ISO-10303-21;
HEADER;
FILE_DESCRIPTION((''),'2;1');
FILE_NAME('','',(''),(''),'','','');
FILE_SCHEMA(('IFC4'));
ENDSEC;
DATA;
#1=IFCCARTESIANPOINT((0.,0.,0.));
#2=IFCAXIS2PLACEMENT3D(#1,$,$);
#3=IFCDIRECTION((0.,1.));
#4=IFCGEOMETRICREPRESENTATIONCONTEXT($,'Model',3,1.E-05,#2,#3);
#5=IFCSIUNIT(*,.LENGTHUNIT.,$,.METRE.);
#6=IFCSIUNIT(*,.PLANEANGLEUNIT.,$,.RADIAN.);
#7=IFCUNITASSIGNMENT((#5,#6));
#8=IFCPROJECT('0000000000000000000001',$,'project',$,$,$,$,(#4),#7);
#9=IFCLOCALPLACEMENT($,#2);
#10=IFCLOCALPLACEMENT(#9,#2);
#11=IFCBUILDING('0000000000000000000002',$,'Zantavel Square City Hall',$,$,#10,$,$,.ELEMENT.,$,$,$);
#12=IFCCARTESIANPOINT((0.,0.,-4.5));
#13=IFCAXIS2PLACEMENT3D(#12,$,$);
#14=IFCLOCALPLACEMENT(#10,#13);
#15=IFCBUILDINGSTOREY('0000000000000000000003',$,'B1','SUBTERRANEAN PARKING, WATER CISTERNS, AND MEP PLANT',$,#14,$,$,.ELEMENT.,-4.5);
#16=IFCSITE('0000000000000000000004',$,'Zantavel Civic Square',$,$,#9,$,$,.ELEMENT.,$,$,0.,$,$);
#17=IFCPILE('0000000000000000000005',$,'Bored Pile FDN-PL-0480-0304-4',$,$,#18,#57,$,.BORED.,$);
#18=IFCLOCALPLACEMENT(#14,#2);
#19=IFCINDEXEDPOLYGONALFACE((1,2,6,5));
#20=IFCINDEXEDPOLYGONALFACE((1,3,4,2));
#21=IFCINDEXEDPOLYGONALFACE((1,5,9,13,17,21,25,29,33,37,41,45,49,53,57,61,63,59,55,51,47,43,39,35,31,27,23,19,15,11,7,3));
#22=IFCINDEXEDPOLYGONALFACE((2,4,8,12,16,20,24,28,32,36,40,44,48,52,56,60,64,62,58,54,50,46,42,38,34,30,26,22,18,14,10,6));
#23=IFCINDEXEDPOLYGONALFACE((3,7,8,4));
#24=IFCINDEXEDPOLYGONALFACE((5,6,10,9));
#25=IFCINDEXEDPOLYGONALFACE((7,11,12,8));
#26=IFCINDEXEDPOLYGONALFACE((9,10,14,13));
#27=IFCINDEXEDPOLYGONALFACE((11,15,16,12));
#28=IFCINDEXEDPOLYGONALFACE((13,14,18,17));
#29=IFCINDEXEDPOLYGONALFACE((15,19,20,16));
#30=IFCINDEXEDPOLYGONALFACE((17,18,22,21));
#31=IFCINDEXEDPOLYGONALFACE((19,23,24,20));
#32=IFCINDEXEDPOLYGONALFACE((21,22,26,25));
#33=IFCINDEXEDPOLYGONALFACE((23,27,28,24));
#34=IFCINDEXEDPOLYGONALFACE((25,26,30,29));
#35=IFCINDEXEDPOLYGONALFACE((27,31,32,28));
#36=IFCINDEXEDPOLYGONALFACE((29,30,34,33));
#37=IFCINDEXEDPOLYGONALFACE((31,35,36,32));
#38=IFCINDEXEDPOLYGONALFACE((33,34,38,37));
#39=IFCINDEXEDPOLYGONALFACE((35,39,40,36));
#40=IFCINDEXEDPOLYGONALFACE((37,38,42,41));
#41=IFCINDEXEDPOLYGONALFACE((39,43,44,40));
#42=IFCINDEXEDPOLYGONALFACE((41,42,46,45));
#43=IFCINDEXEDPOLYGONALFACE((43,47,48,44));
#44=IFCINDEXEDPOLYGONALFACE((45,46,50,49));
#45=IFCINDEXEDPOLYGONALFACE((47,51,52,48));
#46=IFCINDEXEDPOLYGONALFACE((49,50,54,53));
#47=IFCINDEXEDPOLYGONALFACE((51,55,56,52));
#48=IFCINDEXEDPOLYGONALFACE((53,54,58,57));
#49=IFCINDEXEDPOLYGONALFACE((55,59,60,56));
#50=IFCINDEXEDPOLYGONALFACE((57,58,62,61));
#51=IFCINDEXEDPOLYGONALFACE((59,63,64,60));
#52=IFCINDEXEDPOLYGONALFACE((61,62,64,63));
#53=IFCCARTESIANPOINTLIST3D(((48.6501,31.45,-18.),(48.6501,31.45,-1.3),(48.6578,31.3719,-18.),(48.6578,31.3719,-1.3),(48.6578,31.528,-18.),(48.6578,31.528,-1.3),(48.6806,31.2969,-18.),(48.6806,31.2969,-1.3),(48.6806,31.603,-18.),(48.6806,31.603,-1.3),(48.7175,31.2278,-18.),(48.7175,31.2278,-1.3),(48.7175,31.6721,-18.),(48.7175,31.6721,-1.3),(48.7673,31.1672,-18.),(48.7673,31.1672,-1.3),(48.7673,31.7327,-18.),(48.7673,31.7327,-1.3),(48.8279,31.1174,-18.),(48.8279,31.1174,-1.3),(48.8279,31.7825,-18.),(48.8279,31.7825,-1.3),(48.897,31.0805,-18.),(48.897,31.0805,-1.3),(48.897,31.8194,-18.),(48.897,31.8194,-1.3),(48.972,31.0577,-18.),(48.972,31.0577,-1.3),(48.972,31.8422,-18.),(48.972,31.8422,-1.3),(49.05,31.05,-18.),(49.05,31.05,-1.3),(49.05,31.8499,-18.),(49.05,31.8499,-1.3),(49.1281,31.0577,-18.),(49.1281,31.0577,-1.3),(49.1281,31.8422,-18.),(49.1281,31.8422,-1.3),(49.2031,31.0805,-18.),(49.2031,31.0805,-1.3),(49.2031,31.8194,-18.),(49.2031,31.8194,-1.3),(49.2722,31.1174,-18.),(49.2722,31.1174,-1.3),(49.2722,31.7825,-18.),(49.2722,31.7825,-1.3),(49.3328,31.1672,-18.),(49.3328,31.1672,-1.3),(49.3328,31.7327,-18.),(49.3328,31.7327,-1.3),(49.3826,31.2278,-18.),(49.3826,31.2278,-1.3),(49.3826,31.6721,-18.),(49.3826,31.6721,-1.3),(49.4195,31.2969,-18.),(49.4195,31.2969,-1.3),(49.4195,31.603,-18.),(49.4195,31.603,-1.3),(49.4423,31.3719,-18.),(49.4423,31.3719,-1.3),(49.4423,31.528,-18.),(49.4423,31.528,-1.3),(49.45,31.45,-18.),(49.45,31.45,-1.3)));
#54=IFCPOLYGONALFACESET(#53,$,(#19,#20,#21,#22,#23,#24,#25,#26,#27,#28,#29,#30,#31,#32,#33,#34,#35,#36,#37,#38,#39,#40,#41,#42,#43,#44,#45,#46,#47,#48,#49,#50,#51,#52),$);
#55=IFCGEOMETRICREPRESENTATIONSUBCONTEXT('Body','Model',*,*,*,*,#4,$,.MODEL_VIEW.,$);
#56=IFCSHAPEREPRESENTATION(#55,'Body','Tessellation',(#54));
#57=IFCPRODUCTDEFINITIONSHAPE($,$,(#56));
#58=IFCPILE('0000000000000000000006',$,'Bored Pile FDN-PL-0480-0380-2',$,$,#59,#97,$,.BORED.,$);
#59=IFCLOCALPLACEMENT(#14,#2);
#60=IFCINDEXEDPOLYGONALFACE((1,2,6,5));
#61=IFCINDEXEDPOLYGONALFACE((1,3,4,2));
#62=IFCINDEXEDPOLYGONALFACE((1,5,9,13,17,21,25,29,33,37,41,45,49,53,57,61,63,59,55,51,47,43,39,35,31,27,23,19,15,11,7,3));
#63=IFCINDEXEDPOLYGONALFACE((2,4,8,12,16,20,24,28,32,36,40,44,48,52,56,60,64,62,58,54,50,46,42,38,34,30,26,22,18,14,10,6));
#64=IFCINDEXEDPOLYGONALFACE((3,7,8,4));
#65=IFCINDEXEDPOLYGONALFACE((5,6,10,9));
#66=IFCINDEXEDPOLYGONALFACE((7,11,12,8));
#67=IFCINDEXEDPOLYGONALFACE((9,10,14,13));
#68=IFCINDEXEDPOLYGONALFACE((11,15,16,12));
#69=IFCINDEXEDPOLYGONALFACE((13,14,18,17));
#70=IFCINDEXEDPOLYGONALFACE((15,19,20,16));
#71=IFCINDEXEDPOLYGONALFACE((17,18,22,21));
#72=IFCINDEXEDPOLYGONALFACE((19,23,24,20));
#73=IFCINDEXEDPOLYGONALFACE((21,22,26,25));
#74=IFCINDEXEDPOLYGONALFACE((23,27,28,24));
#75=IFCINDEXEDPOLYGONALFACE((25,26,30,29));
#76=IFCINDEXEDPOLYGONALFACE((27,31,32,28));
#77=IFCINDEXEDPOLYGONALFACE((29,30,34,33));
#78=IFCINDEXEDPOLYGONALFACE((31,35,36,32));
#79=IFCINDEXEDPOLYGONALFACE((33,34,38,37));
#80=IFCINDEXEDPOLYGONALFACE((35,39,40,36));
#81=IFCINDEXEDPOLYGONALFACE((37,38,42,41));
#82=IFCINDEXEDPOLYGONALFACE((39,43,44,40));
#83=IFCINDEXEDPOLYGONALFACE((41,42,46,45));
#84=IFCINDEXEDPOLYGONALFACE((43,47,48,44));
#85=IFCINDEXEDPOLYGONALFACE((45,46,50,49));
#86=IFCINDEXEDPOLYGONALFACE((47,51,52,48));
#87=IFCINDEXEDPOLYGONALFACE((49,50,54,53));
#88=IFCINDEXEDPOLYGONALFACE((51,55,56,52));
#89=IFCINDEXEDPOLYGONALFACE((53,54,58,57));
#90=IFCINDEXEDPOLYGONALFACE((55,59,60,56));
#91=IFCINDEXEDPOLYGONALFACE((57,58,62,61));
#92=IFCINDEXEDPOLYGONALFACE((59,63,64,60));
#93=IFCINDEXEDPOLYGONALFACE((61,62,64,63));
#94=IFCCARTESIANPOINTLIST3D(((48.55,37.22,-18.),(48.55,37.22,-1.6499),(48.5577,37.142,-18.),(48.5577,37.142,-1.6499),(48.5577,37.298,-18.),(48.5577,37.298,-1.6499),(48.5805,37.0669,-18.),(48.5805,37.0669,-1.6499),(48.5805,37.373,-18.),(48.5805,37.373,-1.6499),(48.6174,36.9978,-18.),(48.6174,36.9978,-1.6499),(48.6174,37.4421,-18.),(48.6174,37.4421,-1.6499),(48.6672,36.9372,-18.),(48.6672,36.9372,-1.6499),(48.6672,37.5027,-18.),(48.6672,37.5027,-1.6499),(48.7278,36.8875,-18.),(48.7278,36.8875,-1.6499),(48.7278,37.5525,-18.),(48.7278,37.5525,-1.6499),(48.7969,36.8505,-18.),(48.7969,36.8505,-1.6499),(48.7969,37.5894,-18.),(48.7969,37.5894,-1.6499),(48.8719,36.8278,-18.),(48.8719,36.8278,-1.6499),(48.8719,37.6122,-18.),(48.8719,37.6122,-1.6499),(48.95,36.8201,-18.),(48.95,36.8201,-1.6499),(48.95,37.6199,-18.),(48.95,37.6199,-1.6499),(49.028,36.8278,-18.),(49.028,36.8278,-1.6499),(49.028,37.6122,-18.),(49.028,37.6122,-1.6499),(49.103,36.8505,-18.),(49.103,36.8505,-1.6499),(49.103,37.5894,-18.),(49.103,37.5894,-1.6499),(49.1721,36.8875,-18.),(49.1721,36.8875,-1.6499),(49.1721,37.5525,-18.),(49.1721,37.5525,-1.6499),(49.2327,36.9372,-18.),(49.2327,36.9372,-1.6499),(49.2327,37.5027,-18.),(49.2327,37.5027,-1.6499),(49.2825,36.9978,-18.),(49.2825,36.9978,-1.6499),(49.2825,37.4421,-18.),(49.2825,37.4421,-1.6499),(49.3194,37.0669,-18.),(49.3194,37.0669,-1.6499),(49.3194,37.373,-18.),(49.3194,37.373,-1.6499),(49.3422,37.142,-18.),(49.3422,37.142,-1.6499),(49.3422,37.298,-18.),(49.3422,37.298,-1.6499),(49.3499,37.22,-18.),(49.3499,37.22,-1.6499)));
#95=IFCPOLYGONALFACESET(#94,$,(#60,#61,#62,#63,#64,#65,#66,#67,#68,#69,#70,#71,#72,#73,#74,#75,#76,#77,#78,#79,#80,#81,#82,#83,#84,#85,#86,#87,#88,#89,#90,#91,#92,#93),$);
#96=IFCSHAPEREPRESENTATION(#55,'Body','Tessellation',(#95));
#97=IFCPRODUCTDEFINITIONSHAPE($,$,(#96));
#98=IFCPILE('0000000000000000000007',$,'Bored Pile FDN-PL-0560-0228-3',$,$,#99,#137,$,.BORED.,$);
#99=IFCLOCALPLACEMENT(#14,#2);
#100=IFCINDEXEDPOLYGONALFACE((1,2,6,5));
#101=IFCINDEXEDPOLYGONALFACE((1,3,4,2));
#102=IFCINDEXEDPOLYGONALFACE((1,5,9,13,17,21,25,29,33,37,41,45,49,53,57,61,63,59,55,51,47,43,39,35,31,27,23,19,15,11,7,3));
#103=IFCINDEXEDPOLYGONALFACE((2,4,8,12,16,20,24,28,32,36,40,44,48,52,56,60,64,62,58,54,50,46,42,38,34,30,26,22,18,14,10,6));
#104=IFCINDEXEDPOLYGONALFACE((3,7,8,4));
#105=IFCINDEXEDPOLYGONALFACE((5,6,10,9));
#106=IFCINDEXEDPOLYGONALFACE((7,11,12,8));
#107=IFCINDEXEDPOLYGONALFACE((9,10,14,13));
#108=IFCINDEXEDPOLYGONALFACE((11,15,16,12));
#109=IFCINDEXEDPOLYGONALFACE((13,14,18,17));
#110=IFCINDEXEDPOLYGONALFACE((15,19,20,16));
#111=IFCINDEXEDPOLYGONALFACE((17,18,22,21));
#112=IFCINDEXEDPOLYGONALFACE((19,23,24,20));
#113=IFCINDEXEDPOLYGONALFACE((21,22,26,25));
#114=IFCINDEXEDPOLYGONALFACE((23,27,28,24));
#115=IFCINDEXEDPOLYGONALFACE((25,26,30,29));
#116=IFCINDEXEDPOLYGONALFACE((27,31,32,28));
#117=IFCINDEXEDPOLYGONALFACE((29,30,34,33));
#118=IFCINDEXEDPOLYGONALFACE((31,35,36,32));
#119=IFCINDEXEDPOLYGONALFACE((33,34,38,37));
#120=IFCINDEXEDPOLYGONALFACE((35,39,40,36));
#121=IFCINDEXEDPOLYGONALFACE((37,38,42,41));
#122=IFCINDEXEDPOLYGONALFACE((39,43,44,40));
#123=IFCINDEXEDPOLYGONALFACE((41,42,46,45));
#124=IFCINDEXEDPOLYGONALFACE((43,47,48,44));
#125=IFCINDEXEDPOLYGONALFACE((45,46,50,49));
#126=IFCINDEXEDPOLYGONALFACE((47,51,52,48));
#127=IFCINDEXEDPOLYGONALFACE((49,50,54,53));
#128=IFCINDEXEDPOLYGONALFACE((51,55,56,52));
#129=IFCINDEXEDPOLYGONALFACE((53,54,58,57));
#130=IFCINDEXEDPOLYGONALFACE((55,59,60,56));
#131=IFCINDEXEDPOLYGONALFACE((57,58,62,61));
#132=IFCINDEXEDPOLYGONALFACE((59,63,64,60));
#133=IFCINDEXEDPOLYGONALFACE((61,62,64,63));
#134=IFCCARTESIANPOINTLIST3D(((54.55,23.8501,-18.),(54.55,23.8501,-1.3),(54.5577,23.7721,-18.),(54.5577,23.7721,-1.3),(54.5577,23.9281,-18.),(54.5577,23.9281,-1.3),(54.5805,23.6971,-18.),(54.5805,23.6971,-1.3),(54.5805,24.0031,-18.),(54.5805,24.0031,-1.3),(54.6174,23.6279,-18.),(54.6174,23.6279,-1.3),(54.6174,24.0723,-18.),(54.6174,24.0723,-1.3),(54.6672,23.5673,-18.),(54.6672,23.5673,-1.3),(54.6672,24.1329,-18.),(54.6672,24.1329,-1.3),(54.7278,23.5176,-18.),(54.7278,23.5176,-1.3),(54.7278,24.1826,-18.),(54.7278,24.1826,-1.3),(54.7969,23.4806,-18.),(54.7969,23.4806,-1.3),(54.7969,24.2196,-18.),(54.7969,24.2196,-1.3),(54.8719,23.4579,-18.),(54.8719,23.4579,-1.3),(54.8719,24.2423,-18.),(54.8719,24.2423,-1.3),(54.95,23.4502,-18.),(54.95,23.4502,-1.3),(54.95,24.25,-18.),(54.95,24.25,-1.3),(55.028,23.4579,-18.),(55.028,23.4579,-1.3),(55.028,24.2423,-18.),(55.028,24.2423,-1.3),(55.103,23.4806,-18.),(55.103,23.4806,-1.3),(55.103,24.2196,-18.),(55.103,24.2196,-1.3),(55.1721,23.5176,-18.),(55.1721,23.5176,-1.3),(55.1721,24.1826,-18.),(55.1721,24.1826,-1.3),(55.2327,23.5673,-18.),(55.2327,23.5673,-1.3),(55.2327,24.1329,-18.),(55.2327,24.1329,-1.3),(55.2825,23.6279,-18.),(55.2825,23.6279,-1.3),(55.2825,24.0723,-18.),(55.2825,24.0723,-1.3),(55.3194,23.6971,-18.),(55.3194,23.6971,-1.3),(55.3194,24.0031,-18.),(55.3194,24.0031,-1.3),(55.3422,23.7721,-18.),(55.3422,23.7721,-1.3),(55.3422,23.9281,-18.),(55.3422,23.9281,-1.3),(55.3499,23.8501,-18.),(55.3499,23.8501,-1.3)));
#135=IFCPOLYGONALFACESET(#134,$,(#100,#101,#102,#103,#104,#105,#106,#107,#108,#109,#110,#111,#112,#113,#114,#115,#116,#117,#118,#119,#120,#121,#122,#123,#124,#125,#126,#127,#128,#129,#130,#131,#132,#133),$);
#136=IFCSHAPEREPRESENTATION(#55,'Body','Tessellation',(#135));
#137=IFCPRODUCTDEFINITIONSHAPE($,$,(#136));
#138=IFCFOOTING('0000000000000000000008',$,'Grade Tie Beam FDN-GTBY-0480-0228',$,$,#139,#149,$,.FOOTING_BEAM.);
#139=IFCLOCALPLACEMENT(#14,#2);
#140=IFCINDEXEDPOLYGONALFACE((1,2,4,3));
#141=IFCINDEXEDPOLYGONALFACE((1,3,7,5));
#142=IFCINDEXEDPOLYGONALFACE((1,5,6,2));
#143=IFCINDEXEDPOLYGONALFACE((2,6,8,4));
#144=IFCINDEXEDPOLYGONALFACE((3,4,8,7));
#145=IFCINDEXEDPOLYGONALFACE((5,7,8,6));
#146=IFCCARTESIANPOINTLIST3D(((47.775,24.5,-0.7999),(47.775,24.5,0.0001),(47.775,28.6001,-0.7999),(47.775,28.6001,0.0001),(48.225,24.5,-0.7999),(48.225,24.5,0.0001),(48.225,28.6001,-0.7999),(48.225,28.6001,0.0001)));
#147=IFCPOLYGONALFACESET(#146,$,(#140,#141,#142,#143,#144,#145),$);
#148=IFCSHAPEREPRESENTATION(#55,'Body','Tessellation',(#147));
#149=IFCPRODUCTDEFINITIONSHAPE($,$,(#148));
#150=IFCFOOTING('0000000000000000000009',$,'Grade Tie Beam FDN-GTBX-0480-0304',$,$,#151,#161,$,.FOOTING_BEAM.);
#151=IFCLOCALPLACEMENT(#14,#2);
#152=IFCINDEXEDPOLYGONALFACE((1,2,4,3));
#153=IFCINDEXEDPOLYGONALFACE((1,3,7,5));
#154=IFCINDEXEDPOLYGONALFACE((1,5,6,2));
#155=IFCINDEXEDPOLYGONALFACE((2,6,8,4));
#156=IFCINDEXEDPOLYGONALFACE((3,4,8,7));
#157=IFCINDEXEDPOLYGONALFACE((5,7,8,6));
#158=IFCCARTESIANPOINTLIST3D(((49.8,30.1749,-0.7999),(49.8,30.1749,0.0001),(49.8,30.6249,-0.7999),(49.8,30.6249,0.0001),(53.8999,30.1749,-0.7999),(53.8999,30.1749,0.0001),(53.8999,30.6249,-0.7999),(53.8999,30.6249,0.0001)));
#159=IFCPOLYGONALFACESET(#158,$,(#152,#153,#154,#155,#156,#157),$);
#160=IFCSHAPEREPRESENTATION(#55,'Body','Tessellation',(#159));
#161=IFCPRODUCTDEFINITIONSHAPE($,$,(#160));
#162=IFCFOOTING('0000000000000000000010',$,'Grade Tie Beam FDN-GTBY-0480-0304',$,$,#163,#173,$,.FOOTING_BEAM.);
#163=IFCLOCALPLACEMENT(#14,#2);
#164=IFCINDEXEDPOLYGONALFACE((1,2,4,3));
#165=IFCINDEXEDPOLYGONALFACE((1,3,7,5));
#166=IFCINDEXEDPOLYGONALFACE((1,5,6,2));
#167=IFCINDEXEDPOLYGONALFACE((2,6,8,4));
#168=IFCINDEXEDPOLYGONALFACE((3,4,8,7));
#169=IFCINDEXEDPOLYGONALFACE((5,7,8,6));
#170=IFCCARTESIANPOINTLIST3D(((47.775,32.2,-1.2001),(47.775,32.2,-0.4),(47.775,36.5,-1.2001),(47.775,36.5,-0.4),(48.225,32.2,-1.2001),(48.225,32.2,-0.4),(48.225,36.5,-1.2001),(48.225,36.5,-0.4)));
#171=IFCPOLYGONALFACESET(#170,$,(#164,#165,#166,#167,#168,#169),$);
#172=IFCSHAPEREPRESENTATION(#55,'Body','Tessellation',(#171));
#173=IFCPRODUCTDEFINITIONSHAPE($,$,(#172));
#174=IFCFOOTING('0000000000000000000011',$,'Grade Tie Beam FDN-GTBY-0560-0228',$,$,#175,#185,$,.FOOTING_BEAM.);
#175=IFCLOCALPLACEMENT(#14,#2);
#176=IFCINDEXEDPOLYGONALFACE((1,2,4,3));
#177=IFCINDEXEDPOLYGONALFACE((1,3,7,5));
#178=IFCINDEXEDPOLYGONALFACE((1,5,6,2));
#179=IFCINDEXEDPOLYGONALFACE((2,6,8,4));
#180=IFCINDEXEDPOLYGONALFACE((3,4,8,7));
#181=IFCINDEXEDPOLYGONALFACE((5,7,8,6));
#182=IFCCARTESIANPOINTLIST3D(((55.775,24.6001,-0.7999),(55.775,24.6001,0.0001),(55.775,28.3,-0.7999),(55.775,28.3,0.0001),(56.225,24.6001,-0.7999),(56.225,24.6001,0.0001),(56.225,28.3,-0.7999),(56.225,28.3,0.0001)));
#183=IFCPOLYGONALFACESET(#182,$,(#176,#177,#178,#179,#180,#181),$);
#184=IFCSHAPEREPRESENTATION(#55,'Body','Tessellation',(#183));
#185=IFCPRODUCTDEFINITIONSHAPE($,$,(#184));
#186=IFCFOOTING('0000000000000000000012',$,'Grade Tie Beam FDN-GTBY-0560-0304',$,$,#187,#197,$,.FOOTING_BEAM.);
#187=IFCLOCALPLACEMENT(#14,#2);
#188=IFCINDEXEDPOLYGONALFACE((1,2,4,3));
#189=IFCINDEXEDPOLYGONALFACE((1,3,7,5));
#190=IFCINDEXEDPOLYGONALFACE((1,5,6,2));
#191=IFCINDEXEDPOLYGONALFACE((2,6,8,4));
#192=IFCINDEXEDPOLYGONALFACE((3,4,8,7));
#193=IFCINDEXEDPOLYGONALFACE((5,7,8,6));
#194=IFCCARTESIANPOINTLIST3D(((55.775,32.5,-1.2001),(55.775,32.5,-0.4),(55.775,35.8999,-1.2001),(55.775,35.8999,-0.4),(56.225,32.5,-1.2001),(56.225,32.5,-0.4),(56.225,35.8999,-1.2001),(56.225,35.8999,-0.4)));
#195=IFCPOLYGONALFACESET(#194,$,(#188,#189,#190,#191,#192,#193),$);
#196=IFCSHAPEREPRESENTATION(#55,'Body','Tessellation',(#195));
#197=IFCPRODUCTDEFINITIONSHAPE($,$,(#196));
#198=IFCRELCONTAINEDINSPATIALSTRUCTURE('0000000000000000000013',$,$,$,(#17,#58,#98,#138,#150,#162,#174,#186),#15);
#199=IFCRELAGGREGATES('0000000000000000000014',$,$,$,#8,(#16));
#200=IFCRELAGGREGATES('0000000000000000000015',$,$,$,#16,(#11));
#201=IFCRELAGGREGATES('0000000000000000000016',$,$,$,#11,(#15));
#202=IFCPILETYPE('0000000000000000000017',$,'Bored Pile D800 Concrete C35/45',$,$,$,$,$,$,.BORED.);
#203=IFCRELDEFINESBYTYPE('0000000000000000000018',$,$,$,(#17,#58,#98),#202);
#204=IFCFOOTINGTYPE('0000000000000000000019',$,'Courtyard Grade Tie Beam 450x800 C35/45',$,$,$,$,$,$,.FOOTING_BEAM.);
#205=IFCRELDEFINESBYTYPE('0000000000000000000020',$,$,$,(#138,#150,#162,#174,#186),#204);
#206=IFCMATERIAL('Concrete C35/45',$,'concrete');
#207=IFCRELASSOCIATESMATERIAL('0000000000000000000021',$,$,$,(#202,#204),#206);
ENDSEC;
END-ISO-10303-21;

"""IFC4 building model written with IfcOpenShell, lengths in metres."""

from ifc_helpers import new_model, si_unit, direction, frame, origin, origin_2d, place, context, subcontext, project, spatial, rectangle, circle, extrude, material, material_profile, profile_set, type_object, element, save


model = new_model("IFC4")

# Units and contexts
model_context = context("Model", 3, precision=1e-05, world=origin(), true_north=direction((0.0, 1.0)))
body_context = subcontext(model_context, "Body", "Model", "MODEL_VIEW")
ifc_project = project(units=[si_unit("LENGTHUNIT", "METRE"), si_unit("PLANEANGLEUNIT", "RADIAN")], contexts=[model_context])

# Site, building, storey
site_placement = place(None, origin())
site = spatial("IfcSite", under=ifc_project, at=site_placement, Name="Zantavel Civic Square", CompositionType="ELEMENT", RefElevation=0.0)
building_placement = place(site_placement, origin())
building = spatial("IfcBuilding", under=site, at=building_placement, Name="Zantavel Square City Hall", CompositionType="ELEMENT")
storey_placement = place(building_placement, frame((0.0, 0.0, -4.5)))
storey = spatial("IfcBuildingStorey", under=building, at=storey_placement, Name="B1", Description="SUBTERRANEAN PARKING, WATER CISTERNS, AND MEP PLANT", CompositionType="ELEMENT", Elevation=-4.5)

# Piles
ifc_material_1 = material(Name="Concrete C35/45", Category="concrete")
ifc_material_profile_1 = material_profile(ifc_material_1, circle(Radius=0.3999, at=origin_2d()), Name="PILE D800")
ifc_profile_set_1 = profile_set([ifc_material_profile_1], Name="Concrete C35/45")
pile_type_1 = type_object("IfcPileType", Name="Bored Pile D800 Concrete C35/45", PredefinedType="BORED", material=ifc_profile_set_1)
for number, where, z_axis, x_axis, name in (
    (1, (49.05, 31.45, -1.3), (0.0, 0.0, -1.0), (1.0, 0.0, 0.0), "Bored Pile FDN-PL-0480-0304-4"),
):
    element("IfcPile", number, at=place(storey_placement, frame(where, z_axis=z_axis, x_axis=x_axis)), inside=storey, type_object=pile_type_1, Name=name, PredefinedType="BORED", context=body_context, shape_type="SweptSolid", body=[
        extrude(circle(Radius=0.3999, at=origin_2d()), origin(), (0.0, 0.0, 1.0), 16.7),
    ])
pile_1_placement = place(storey_placement, frame((48.95, 37.22, -1.6499), z_axis=(0.0, 0.0, -1.0), x_axis=(1.0, 0.0, 0.0)))
element("IfcPile", 2, at=pile_1_placement, inside=storey, type_object=pile_type_1, Name="Bored Pile FDN-PL-0480-0380-2", PredefinedType="BORED", context=body_context, shape_type="SweptSolid", body=[
    extrude(circle(Radius=0.3999, at=origin_2d()), origin(), (0.0, 0.0, 1.0), 16.3501),
])
pile_2_placement = place(storey_placement, frame((54.95, 23.8501, -1.3), z_axis=(0.0, 0.0, -1.0), x_axis=(1.0, 0.0, 0.0)))
element("IfcPile", 3, at=pile_2_placement, inside=storey, type_object=pile_type_1, Name="Bored Pile FDN-PL-0560-0228-3", PredefinedType="BORED", context=body_context, shape_type="SweptSolid", body=[
    extrude(circle(Radius=0.3999, at=origin_2d()), origin(), (0.0, 0.0, 1.0), 16.7),
])

# Footings
ifc_material_profile_2 = material_profile(ifc_material_1, rectangle(XDim=0.45, YDim=0.8, at=origin_2d()), Name="RC 450x800")
ifc_profile_set_2 = profile_set([ifc_material_profile_2], Name="Concrete C35/45")
footing_type_1 = type_object("IfcFootingType", Name="Courtyard Grade Tie Beam 450x800 C35/45", PredefinedType="FOOTING_BEAM", material=ifc_profile_set_2)
footing_1_placement = place(storey_placement, frame((48.0, 24.5, -0.3999), z_axis=(0.0, 1.0, 0.0), x_axis=(-1.0, 0.0, 0.0)))
element("IfcFooting", 4, at=footing_1_placement, inside=storey, type_object=footing_type_1, Name="Grade Tie Beam FDN-GTBY-0480-0228", PredefinedType="FOOTING_BEAM", context=body_context, shape_type="SweptSolid", body=[
    extrude(rectangle(XDim=0.45, YDim=0.8, at=origin_2d()), origin(), (0.0, 0.0, 1.0), 4.1001),
])
footing_2_placement = place(storey_placement, frame((49.8, 30.3999, -0.3999), z_axis=(1.0, 0.0, 0.0), x_axis=(0.0, 1.0, 0.0)))
element("IfcFooting", 5, at=footing_2_placement, inside=storey, type_object=footing_type_1, Name="Grade Tie Beam FDN-GTBX-0480-0304", PredefinedType="FOOTING_BEAM", context=body_context, shape_type="SweptSolid", body=[
    extrude(rectangle(XDim=0.45, YDim=0.8, at=origin_2d()), origin(), (0.0, 0.0, 1.0), 4.0999),
])
footing_3_placement = place(storey_placement, frame((48.0, 32.2, -0.8), z_axis=(0.0, 1.0, 0.0), x_axis=(-1.0, 0.0, 0.0)))
element("IfcFooting", 6, at=footing_3_placement, inside=storey, type_object=footing_type_1, Name="Grade Tie Beam FDN-GTBY-0480-0304", PredefinedType="FOOTING_BEAM", context=body_context, shape_type="SweptSolid", body=[
    extrude(rectangle(XDim=0.45, YDim=0.8, at=origin_2d()), origin(), (0.0, 0.0, 1.0), 4.3),
])
footing_4_placement = place(storey_placement, frame((56.0, 24.6001, -0.3999), z_axis=(0.0, 1.0, 0.0), x_axis=(-1.0, 0.0, 0.0)))
element("IfcFooting", 7, at=footing_4_placement, inside=storey, type_object=footing_type_1, Name="Grade Tie Beam FDN-GTBY-0560-0228", PredefinedType="FOOTING_BEAM", context=body_context, shape_type="SweptSolid", body=[
    extrude(rectangle(XDim=0.45, YDim=0.8, at=origin_2d()), origin(), (0.0, 0.0, 1.0), 3.7),
])
footing_5_placement = place(storey_placement, frame((56.0, 32.5, -0.8), z_axis=(0.0, 1.0, 0.0), x_axis=(-1.0, 0.0, 0.0)))
element("IfcFooting", 8, at=footing_5_placement, inside=storey, type_object=footing_type_1, Name="Grade Tie Beam FDN-GTBY-0560-0304", PredefinedType="FOOTING_BEAM", context=body_context, shape_type="SweptSolid", body=[
    extrude(rectangle(XDim=0.45, YDim=0.8, at=origin_2d()), origin(), (0.0, 0.0, 1.0), 3.3999),
])

save(model, "model.ifc")
